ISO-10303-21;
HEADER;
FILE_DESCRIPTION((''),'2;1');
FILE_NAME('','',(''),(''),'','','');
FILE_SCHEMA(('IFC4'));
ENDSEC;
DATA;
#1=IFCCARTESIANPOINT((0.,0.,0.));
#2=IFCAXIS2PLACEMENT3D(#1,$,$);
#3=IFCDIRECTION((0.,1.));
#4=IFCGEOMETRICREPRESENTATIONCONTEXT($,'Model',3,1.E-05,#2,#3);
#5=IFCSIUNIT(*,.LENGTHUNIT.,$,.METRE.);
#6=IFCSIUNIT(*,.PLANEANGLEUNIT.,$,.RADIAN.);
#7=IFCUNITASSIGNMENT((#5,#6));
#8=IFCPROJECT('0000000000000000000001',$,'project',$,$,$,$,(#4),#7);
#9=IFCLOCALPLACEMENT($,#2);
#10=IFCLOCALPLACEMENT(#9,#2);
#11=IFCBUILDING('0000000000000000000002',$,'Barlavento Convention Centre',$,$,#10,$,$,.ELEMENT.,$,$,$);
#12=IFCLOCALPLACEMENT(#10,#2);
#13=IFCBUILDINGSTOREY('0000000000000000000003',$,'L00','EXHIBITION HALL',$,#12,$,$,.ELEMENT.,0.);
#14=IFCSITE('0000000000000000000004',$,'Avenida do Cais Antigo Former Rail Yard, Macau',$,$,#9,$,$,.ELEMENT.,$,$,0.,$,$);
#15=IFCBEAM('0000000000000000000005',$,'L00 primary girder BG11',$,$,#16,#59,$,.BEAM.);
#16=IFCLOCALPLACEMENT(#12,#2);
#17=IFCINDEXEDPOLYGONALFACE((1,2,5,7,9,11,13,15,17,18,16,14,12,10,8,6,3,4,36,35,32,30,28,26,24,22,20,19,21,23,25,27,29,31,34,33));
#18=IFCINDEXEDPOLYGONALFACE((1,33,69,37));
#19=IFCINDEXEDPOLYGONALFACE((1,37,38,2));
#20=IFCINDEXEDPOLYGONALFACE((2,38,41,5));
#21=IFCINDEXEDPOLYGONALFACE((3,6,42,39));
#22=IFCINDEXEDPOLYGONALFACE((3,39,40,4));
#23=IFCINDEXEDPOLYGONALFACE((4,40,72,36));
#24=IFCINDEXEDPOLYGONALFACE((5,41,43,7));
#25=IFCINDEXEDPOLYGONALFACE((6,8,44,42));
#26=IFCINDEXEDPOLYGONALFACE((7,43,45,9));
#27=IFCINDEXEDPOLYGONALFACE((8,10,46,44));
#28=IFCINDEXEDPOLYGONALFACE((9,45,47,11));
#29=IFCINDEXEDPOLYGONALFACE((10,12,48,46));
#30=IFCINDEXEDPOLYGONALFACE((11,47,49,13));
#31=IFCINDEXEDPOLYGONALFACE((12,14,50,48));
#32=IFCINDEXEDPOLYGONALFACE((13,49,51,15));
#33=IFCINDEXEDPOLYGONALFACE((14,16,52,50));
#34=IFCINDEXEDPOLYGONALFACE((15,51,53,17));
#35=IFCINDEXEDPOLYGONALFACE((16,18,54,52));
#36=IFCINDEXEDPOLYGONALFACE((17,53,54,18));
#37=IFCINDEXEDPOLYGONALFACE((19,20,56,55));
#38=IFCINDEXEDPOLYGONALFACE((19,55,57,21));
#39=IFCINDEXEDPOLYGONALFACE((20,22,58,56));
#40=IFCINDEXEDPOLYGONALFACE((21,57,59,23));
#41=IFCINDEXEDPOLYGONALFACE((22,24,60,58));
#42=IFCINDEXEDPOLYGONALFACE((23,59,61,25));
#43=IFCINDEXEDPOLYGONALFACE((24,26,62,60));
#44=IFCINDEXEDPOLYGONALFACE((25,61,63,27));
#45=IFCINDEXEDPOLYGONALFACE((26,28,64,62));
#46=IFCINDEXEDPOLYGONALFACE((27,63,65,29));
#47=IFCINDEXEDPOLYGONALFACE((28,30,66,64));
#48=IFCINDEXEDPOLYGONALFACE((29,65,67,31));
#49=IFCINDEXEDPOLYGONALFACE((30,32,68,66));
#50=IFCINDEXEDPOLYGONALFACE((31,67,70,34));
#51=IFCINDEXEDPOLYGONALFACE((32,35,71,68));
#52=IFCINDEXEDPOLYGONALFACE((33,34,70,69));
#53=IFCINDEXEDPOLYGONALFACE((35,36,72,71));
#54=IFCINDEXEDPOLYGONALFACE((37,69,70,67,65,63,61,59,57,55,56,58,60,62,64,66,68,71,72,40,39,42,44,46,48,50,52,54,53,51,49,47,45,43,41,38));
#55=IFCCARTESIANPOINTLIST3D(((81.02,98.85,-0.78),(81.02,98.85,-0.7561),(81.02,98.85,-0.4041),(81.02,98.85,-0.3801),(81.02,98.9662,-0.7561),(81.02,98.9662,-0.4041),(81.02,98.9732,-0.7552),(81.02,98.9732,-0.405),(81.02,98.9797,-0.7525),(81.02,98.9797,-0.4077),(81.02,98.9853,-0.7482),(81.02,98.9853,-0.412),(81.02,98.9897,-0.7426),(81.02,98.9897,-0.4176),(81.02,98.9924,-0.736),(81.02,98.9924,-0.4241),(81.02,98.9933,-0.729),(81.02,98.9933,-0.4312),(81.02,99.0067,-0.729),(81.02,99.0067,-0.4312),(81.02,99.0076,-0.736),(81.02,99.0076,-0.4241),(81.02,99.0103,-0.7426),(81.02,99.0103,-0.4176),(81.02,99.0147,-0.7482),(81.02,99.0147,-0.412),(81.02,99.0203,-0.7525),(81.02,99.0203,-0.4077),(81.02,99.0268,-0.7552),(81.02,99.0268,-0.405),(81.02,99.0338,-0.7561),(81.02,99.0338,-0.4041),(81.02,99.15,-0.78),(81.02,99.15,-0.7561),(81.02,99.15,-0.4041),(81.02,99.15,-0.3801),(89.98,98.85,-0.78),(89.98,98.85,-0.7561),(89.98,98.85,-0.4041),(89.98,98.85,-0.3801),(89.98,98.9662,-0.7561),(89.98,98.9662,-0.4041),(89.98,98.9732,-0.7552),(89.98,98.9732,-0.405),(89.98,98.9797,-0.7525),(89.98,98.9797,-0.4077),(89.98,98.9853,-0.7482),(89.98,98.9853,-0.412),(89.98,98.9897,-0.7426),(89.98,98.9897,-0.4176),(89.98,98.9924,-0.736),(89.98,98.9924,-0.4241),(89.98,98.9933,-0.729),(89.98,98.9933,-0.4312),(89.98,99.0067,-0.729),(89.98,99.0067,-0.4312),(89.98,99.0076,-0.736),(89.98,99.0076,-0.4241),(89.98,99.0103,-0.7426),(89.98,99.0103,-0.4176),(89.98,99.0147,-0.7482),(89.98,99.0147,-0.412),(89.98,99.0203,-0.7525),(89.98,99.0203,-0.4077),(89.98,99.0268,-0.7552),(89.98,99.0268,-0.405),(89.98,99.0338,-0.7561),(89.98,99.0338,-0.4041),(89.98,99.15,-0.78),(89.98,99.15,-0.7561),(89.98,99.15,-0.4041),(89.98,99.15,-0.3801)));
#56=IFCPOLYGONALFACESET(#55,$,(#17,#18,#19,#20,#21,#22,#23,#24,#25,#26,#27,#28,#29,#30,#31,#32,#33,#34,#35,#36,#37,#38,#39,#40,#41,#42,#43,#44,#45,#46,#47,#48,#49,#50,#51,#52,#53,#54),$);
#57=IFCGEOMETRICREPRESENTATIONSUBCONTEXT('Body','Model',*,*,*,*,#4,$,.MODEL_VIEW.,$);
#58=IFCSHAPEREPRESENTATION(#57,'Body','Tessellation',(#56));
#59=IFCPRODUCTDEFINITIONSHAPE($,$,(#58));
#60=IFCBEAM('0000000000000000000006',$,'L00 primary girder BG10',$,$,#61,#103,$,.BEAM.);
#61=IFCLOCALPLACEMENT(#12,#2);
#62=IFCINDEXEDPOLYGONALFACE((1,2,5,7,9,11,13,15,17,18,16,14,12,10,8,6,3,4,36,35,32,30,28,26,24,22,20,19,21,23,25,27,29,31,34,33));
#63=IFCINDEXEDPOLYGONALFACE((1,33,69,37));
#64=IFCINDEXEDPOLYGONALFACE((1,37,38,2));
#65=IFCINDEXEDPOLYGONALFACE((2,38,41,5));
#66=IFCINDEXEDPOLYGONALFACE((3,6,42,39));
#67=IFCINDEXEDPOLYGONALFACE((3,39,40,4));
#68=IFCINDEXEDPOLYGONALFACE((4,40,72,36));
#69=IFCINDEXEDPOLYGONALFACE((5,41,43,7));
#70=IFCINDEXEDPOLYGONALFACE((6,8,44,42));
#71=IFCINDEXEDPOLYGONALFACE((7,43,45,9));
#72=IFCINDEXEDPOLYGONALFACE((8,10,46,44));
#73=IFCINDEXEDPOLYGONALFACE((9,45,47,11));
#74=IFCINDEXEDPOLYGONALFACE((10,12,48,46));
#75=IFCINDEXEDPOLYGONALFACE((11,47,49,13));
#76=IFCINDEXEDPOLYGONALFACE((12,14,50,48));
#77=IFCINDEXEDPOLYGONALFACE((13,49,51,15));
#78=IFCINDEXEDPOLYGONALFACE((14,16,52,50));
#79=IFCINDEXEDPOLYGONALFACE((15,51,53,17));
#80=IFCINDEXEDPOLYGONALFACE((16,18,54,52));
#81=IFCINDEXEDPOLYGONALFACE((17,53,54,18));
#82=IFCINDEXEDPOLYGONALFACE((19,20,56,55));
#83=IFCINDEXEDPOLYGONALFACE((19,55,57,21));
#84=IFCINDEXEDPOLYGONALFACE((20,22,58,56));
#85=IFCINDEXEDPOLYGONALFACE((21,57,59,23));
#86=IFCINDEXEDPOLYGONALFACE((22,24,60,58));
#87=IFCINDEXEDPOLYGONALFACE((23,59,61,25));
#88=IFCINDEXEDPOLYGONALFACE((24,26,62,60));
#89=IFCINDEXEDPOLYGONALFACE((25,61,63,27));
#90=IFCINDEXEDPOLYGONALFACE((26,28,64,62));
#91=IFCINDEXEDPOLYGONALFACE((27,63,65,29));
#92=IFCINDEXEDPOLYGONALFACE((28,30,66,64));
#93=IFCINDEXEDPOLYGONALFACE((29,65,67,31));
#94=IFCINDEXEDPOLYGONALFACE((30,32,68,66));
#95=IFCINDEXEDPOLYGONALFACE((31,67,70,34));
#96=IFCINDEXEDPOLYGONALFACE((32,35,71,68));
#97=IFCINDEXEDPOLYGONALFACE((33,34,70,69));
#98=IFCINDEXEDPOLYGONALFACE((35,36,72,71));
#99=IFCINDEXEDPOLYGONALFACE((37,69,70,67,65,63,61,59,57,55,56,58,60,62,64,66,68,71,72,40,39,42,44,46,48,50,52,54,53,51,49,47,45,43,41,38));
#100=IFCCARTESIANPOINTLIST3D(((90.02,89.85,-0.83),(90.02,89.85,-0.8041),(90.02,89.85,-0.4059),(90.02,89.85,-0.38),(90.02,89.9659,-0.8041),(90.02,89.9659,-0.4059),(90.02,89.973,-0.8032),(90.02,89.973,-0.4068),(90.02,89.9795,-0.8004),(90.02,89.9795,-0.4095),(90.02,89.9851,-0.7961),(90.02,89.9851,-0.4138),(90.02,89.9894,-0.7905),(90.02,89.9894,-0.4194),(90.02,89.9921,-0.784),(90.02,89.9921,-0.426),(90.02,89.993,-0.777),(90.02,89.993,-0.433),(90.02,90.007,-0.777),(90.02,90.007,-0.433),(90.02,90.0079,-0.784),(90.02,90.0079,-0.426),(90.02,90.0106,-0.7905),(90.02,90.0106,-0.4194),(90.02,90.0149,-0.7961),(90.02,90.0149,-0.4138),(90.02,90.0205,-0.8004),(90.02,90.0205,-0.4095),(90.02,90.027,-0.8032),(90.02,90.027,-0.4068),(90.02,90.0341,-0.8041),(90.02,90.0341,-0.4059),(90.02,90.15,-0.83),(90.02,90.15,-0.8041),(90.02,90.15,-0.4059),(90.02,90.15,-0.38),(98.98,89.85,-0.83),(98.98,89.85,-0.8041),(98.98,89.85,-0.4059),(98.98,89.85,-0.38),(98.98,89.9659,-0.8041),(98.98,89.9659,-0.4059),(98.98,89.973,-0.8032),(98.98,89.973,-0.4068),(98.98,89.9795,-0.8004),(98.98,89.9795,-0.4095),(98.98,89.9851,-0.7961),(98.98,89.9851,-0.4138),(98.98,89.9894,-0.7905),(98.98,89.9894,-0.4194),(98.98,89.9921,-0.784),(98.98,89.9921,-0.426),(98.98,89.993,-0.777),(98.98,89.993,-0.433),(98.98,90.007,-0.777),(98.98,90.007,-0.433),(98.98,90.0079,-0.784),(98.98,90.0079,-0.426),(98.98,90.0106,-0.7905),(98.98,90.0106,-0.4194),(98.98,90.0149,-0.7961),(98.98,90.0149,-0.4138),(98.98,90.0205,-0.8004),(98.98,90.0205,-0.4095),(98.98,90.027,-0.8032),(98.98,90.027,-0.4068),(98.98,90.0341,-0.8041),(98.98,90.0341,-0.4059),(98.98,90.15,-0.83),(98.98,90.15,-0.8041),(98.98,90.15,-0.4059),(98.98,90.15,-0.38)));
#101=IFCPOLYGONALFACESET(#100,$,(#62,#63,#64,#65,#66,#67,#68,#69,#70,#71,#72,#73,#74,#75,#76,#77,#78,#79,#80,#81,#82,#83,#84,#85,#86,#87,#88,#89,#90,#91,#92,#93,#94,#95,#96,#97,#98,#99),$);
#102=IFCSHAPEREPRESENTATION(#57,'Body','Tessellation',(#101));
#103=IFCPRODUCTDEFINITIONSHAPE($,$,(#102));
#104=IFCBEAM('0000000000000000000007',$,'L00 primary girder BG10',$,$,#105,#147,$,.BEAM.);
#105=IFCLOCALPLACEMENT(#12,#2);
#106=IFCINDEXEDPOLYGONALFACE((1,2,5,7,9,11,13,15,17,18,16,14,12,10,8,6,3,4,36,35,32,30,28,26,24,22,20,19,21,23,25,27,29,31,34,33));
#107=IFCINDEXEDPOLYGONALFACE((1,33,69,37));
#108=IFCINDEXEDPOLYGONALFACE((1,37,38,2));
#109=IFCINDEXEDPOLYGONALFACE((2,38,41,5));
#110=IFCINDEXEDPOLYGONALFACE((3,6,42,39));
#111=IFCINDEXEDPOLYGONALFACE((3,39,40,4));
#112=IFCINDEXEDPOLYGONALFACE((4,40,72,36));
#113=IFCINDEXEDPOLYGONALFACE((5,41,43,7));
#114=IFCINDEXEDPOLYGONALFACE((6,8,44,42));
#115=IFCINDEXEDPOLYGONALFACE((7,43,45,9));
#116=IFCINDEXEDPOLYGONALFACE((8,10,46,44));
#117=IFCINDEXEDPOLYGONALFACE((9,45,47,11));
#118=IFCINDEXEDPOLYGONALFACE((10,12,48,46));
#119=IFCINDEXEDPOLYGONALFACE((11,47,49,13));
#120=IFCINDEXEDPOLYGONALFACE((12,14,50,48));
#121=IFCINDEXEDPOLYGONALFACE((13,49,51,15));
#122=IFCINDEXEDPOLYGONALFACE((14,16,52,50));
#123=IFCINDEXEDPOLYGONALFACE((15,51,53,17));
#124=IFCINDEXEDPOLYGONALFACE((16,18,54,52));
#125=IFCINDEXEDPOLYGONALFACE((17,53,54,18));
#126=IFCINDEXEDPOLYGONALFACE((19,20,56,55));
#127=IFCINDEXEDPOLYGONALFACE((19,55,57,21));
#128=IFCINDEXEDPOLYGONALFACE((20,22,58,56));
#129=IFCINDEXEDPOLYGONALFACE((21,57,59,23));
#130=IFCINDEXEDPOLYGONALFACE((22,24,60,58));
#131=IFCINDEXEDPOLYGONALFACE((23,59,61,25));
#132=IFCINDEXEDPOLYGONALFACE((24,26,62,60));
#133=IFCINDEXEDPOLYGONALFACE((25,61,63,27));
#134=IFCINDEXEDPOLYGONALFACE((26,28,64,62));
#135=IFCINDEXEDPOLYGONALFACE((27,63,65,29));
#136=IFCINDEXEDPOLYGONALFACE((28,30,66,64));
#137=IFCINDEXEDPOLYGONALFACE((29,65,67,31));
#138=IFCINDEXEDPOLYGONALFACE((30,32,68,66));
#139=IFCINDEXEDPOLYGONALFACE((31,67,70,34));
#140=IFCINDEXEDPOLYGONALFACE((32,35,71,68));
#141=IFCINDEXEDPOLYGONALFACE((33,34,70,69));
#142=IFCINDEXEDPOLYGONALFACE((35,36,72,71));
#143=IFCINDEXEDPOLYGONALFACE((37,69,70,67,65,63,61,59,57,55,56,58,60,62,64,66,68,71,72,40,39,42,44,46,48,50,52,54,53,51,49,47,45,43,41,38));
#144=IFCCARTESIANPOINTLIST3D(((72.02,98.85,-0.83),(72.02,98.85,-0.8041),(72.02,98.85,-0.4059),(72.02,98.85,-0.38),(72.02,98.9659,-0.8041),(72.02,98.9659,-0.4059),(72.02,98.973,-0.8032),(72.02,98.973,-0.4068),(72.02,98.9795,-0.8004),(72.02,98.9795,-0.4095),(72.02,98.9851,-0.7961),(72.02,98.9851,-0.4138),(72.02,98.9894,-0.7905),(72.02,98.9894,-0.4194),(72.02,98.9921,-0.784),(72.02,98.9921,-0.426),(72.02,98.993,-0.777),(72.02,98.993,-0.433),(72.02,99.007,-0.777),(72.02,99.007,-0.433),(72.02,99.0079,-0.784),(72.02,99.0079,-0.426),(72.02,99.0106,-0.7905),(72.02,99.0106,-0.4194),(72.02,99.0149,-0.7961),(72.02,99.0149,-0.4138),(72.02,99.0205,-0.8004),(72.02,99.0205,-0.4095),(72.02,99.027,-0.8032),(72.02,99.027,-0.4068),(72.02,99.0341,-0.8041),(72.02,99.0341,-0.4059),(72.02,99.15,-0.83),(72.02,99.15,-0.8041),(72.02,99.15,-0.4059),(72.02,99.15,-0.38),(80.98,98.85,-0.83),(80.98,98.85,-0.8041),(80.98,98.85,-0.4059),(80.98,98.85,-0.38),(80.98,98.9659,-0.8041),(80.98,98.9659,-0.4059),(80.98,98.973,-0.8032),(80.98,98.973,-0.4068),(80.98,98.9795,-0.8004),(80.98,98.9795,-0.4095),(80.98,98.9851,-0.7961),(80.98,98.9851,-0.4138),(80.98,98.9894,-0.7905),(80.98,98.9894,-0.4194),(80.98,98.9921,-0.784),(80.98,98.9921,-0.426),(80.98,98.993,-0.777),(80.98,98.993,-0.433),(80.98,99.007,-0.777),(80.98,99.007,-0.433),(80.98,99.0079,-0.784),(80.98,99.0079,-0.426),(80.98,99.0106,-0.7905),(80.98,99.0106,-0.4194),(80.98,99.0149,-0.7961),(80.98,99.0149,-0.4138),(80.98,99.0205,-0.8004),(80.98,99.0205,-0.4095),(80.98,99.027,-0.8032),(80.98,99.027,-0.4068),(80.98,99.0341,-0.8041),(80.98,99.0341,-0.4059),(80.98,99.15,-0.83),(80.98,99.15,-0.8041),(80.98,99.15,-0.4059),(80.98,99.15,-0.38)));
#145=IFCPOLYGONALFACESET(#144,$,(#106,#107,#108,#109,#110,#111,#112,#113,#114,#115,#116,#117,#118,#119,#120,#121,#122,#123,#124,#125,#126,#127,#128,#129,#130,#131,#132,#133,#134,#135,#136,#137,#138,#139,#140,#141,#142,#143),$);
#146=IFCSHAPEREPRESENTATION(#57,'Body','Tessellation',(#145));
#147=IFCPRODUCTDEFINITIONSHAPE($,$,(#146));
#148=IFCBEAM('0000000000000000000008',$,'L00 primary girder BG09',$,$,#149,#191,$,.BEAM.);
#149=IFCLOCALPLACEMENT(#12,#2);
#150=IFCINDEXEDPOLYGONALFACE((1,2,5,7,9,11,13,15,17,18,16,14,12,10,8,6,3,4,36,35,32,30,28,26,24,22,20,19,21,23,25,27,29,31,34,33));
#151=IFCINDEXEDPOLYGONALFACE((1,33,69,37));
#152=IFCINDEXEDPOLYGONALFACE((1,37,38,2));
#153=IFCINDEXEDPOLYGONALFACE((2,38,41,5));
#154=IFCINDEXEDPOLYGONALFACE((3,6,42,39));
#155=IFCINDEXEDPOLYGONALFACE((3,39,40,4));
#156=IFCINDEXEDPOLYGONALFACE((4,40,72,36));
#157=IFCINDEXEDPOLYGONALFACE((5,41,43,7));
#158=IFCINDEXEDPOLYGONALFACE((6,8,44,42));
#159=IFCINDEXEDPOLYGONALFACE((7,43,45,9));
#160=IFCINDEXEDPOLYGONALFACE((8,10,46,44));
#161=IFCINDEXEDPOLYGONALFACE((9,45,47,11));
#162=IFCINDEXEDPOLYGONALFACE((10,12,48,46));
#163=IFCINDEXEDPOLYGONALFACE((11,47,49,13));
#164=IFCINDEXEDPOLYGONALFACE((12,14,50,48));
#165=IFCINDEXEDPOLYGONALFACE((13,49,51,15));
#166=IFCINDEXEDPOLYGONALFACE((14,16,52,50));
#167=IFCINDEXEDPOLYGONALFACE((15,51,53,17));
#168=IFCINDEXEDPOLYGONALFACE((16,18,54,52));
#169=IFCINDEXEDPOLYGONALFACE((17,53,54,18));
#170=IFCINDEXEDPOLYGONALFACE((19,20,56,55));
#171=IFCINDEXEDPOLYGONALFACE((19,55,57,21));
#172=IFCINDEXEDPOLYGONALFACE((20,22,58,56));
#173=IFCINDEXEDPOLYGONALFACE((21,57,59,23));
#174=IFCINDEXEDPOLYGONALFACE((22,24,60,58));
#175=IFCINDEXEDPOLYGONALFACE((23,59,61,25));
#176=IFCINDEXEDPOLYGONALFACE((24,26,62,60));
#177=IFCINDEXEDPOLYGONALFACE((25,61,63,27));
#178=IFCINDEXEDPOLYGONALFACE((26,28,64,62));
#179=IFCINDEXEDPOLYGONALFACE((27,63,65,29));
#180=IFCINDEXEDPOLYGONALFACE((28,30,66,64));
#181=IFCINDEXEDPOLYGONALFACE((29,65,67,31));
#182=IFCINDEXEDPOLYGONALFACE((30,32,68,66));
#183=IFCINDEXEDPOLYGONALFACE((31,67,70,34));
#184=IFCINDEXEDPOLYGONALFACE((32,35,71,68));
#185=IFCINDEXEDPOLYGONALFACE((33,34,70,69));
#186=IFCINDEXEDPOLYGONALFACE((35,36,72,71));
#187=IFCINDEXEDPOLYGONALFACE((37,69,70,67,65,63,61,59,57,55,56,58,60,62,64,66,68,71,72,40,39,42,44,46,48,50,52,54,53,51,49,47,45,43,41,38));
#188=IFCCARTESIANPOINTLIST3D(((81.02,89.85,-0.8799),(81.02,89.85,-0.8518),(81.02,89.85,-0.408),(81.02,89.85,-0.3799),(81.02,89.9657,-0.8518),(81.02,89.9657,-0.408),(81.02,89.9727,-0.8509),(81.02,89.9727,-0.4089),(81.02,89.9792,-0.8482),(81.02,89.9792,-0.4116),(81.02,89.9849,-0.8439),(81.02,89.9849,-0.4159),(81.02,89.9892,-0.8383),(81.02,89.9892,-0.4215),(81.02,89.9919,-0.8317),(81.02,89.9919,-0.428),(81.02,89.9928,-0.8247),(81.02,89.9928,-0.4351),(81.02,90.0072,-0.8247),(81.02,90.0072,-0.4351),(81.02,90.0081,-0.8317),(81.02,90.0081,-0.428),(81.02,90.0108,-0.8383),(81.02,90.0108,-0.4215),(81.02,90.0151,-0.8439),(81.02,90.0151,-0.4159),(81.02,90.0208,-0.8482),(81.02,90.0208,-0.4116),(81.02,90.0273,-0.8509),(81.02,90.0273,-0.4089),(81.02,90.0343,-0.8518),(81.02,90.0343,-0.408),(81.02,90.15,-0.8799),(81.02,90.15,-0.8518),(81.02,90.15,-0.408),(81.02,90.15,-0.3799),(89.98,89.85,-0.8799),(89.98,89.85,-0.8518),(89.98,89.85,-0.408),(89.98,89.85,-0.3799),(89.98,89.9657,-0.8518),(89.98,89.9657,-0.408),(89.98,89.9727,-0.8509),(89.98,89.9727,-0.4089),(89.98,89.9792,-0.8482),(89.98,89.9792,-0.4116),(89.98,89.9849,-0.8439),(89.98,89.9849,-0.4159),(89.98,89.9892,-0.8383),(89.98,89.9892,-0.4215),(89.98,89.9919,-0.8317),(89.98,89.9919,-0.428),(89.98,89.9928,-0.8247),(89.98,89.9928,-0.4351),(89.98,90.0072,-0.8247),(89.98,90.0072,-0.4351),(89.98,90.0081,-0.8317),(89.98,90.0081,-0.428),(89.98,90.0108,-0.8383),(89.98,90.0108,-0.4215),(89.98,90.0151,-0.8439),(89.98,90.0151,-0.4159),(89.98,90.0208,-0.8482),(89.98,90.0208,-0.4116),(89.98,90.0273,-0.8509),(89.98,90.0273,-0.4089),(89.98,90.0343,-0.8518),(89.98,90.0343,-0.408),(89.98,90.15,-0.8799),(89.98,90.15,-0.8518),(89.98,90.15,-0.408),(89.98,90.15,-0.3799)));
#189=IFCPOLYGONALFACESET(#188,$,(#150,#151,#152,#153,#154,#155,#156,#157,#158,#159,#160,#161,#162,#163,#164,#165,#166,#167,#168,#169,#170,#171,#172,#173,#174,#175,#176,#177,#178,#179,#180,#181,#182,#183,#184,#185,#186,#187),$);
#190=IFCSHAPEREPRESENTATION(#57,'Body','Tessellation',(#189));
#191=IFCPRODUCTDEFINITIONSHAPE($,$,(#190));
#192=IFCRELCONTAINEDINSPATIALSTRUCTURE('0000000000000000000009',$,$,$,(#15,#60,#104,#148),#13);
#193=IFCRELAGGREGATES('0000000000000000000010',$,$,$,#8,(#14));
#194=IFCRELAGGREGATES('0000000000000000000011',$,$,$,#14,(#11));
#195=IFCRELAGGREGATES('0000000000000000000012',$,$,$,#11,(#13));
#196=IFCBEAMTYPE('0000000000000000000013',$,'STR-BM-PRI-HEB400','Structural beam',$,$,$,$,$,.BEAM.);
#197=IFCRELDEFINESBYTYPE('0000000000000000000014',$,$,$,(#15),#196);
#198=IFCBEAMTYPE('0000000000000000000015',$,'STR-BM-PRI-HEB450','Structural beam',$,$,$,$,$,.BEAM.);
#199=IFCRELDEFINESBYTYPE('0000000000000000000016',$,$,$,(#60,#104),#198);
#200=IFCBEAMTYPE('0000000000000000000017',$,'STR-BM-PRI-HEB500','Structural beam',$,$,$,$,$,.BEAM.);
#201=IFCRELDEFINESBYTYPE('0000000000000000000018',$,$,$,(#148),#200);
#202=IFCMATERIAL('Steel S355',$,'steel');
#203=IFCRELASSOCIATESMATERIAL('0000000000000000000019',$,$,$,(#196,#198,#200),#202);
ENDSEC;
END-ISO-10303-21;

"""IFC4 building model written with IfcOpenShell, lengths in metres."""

from ifc_helpers import new_model, si_unit, direction, frame, origin, origin_2d, place, context, subcontext, project, spatial, i_section, extrude, material, material_profile, profile_set, type_object, element, save


model = new_model("IFC4")

# Units and contexts
model_context = context("Model", 3, precision=1e-05, world=origin(), true_north=direction((0.0, 1.0)))
body_context = subcontext(model_context, "Body", "Model", "MODEL_VIEW")
ifc_project = project(units=[si_unit("LENGTHUNIT", "METRE"), si_unit("PLANEANGLEUNIT", "RADIAN")], contexts=[model_context])

# Site, building, storey
site_placement = place(None, origin())
site = spatial("IfcSite", under=ifc_project, at=site_placement, Name="Avenida do Cais Antigo Former Rail Yard, Macau", CompositionType="ELEMENT", RefElevation=0.0)
building_placement = place(site_placement, origin())
building = spatial("IfcBuilding", under=site, at=building_placement, Name="Barlavento Convention Centre", CompositionType="ELEMENT")
storey_placement = place(building_placement, origin())
storey = spatial("IfcBuildingStorey", under=building, at=storey_placement, Name="L00", Description="EXHIBITION HALL", CompositionType="ELEMENT", Elevation=0.0)

# Beams
ifc_material = material(Name="Steel S355", Category="steel")
ifc_material_profile_1 = material_profile(ifc_material, i_section(OverallWidth=0.3, OverallDepth=0.3999, WebThickness=0.0134, FlangeThickness=0.0239, FilletRadius=0.0271, at=origin_2d()), Name="HEB 400")
ifc_profile_set_1 = profile_set([ifc_material_profile_1], Name="Steel S355")
beam_type_1 = type_object("IfcBeamType", Name="STR-BM-PRI-HEB400", Description="Structural beam", PredefinedType="BEAM", material=ifc_profile_set_1)
beam_1_placement = place(storey_placement, frame((81.02, 99.0, -0.5801), z_axis=(1.0, 0.0, 0.0), x_axis=(0.0, 1.0, 0.0)))
element("IfcBeam", 1, at=beam_1_placement, inside=storey, type_object=beam_type_1, Name="L00 primary girder BG11", PredefinedType="BEAM", context=body_context, shape_type="SweptSolid", body=[
    extrude(i_section(OverallWidth=0.3, OverallDepth=0.3999, WebThickness=0.0134, FlangeThickness=0.0239, FilletRadius=0.0271, at=origin_2d()), origin(), (0.0, 0.0, 1.0), 8.96),
])
ifc_material_profile_2 = material_profile(ifc_material, i_section(OverallWidth=0.3, OverallDepth=0.45, WebThickness=0.0139, FlangeThickness=0.0259, FilletRadius=0.0271, at=origin_2d()), Name="HEB 450")
ifc_profile_set_2 = profile_set([ifc_material_profile_2], Name="Steel S355")
beam_type_2 = type_object("IfcBeamType", Name="STR-BM-PRI-HEB450", Description="Structural beam", PredefinedType="BEAM", material=ifc_profile_set_2)
for number, where, z_axis, x_axis, name in (
    (2, (90.02, 90.0, -0.605), (1.0, 0.0, 0.0), (0.0, 1.0, 0.0), "L00 primary girder BG10"),
    (3, (72.02, 99.0, -0.605), (1.0, 0.0, 0.0), (0.0, 1.0, 0.0), "L00 primary girder BG10"),
):
    element("IfcBeam", number, at=place(storey_placement, frame(where, z_axis=z_axis, x_axis=x_axis)), inside=storey, type_object=beam_type_2, Name=name, PredefinedType="BEAM", context=body_context, shape_type="SweptSolid", body=[
        extrude(i_section(OverallWidth=0.3, OverallDepth=0.45, WebThickness=0.0139, FlangeThickness=0.0259, FilletRadius=0.0271, at=origin_2d()), origin(), (0.0, 0.0, 1.0), 8.96),
    ])
ifc_material_profile_3 = material_profile(ifc_material, i_section(OverallWidth=0.3, OverallDepth=0.5, WebThickness=0.0144, FlangeThickness=0.0281, FilletRadius=0.0271, at=origin_2d()), Name="HEB 500")
ifc_profile_set_3 = profile_set([ifc_material_profile_3], Name="Steel S355")
beam_type_3 = type_object("IfcBeamType", Name="STR-BM-PRI-HEB500", Description="Structural beam", PredefinedType="BEAM", material=ifc_profile_set_3)
beam_2_placement = place(storey_placement, frame((81.02, 90.0, -0.6299), z_axis=(1.0, 0.0, 0.0), x_axis=(0.0, 1.0, 0.0)))
element("IfcBeam", 4, at=beam_2_placement, inside=storey, type_object=beam_type_3, Name="L00 primary girder BG09", PredefinedType="BEAM", context=body_context, shape_type="SweptSolid", body=[
    extrude(i_section(OverallWidth=0.3, OverallDepth=0.5, WebThickness=0.0144, FlangeThickness=0.0281, FilletRadius=0.0271, at=origin_2d()), origin(), (0.0, 0.0, 1.0), 8.96),
])

save(model, "model.ifc")
